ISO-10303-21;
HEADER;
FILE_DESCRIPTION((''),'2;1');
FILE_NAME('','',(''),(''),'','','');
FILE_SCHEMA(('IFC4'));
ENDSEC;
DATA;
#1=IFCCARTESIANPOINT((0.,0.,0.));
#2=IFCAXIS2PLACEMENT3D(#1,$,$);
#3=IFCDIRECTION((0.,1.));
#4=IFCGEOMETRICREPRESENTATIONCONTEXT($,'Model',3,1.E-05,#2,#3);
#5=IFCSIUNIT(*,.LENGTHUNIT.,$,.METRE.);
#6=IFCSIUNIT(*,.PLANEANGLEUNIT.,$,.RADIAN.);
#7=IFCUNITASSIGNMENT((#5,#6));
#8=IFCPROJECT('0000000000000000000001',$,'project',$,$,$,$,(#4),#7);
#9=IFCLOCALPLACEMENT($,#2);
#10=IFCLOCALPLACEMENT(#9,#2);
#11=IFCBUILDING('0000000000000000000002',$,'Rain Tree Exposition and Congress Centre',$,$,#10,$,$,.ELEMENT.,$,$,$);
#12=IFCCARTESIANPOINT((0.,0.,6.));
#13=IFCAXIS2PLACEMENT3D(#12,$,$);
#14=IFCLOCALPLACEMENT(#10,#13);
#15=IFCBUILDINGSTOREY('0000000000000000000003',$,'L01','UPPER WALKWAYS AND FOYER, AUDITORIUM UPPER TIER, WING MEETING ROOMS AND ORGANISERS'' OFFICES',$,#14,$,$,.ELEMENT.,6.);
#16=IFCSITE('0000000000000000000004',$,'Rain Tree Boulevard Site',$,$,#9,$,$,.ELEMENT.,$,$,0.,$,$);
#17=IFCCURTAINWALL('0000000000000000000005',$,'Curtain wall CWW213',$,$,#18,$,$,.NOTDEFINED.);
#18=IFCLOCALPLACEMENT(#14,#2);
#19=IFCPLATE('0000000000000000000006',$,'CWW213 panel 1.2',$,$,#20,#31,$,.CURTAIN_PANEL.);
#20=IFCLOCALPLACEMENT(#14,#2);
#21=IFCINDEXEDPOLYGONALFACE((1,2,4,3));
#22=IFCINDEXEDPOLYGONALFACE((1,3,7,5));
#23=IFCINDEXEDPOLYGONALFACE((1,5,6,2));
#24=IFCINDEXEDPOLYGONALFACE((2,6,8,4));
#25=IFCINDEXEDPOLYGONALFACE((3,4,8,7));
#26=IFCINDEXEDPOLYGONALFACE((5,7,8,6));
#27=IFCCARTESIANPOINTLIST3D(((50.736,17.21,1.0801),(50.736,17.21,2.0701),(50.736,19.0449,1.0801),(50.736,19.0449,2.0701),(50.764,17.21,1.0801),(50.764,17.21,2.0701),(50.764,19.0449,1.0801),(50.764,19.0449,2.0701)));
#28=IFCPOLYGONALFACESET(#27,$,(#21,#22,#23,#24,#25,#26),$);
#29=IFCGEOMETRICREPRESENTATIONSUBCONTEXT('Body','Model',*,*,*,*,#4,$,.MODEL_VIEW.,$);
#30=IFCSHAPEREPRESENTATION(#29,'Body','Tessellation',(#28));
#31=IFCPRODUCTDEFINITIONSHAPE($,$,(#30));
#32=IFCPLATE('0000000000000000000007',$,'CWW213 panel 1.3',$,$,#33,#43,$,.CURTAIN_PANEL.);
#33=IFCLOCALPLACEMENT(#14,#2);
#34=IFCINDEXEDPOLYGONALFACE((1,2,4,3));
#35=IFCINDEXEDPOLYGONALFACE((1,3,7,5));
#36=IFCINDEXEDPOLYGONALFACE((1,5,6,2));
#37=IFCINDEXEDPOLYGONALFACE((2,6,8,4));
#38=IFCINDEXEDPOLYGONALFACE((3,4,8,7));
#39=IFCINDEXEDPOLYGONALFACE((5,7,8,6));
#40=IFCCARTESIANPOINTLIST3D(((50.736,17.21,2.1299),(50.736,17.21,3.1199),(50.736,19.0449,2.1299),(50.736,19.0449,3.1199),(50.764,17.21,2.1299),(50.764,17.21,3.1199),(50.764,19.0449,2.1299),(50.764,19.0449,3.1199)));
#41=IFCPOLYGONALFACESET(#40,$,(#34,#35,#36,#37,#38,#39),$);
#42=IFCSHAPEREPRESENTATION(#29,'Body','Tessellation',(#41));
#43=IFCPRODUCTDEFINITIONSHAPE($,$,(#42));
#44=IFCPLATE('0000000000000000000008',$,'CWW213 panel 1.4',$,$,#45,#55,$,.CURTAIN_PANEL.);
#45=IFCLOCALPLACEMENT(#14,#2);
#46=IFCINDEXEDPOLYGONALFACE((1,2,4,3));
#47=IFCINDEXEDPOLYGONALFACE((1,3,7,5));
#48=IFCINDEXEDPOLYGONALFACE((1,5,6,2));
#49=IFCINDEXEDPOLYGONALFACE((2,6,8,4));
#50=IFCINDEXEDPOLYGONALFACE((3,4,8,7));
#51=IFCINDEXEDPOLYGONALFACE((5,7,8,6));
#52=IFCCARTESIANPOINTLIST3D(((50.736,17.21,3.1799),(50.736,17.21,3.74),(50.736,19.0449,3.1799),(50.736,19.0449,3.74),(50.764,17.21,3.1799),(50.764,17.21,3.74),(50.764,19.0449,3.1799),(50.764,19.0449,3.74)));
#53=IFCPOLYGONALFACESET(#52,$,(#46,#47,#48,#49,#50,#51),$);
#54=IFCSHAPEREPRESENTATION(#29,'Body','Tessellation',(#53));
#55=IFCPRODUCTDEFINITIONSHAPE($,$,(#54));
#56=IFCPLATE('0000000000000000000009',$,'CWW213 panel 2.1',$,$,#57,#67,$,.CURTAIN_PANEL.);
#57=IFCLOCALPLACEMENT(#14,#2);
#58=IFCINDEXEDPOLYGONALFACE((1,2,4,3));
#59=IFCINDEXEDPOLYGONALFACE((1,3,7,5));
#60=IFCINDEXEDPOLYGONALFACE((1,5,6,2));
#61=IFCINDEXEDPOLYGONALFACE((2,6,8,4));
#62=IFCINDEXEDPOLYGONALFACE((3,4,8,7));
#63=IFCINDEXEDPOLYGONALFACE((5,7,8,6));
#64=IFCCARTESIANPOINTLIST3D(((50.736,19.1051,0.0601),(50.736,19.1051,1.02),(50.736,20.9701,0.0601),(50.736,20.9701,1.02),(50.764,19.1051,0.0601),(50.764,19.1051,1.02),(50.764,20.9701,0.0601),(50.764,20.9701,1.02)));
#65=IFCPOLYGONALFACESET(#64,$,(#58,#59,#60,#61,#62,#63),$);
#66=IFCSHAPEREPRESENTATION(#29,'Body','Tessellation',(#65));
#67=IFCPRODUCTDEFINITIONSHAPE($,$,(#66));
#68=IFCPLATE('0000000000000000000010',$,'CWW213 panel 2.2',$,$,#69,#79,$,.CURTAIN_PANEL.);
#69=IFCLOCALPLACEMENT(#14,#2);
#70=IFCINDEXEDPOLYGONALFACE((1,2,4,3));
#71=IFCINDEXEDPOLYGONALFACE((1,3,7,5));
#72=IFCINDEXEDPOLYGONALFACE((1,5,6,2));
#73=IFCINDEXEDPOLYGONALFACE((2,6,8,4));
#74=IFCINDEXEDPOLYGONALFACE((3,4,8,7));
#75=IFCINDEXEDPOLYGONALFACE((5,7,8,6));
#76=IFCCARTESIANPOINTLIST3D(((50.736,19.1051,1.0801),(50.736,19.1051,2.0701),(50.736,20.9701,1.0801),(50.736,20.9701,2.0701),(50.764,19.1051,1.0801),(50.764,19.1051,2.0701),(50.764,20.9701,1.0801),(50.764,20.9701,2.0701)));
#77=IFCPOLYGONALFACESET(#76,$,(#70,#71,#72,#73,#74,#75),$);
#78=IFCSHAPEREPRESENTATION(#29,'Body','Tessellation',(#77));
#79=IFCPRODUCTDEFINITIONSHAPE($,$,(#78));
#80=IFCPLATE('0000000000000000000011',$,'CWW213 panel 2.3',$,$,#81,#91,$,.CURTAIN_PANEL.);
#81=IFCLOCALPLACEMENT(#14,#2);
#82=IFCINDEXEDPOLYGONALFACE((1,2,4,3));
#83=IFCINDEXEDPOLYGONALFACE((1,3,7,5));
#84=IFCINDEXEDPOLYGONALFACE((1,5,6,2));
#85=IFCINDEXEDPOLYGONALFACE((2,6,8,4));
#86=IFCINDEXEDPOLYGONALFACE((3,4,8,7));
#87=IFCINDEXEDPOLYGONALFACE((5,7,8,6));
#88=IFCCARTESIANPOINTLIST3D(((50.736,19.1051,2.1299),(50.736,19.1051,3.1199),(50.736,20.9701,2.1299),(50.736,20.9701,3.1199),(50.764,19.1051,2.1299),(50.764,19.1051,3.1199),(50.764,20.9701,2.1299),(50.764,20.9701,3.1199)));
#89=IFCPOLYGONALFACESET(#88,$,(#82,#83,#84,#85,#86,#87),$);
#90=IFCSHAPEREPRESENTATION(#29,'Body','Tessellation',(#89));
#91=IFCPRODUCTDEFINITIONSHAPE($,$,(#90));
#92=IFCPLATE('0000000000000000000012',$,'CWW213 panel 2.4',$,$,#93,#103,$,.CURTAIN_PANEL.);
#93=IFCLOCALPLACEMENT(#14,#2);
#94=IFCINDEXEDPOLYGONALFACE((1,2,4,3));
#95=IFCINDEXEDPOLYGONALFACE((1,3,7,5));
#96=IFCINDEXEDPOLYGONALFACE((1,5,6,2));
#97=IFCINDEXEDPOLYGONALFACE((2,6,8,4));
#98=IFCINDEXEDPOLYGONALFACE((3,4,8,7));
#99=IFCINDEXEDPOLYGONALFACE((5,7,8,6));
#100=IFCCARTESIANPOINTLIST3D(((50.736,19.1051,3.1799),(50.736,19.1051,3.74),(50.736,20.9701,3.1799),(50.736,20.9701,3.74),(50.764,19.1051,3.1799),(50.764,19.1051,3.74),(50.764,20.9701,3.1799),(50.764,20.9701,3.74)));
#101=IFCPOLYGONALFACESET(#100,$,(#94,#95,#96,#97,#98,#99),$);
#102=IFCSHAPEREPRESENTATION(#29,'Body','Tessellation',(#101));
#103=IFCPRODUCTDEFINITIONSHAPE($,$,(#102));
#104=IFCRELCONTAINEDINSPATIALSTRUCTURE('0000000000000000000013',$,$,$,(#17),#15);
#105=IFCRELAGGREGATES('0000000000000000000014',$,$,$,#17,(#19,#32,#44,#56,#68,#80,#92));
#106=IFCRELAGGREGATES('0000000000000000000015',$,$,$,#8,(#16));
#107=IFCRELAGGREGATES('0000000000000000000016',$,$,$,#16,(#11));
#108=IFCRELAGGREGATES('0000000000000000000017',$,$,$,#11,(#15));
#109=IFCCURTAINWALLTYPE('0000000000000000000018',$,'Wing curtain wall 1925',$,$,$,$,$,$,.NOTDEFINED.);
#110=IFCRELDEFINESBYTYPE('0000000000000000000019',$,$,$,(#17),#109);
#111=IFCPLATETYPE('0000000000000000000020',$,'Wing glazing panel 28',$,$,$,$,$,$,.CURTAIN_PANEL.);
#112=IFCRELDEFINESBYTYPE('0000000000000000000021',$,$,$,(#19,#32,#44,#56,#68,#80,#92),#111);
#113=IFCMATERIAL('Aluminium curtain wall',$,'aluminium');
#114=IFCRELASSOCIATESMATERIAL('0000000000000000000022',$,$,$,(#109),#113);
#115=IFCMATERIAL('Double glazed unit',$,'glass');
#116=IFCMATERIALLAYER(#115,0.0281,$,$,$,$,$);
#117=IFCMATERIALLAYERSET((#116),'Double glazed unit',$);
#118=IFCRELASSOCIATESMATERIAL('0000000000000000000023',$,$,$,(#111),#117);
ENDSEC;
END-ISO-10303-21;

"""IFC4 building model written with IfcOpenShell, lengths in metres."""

from ifc_helpers import new_model, si_unit, direction, frame, origin, origin_2d, place, context, subcontext, project, spatial, rectangle, extrude, material, layer, layer_set, type_object, element, aggregate, save


model = new_model("IFC4")

# Units and contexts
model_context = context("Model", 3, precision=1e-05, world=origin(), true_north=direction((0.0, 1.0)))
body_context = subcontext(model_context, "Body", "Model", "MODEL_VIEW")
ifc_project = project(units=[si_unit("LENGTHUNIT", "METRE"), si_unit("PLANEANGLEUNIT", "RADIAN")], contexts=[model_context])

# Site, building, storey
site_placement = place(None, origin())
site = spatial("IfcSite", under=ifc_project, at=site_placement, Name="Rain Tree Boulevard Site", CompositionType="ELEMENT", RefElevation=0.0)
building_placement = place(site_placement, origin())
building = spatial("IfcBuilding", under=site, at=building_placement, Name="Rain Tree Exposition and Congress Centre", CompositionType="ELEMENT")
storey_placement = place(building_placement, frame((0.0, 0.0, 6.0)))
storey = spatial("IfcBuildingStorey", under=building, at=storey_placement, Name="L01", Description="UPPER WALKWAYS AND FOYER, AUDITORIUM UPPER TIER, WING MEETING ROOMS AND ORGANISERS' OFFICES", CompositionType="ELEMENT", Elevation=6.0)

# Shared definitions
ifc_material_1 = material(Name="Aluminium curtain wall", Category="aluminium")
curtain_wall_type = type_object("IfcCurtainWallType", Name="Wing curtain wall 1925", PredefinedType="NOTDEFINED", material=ifc_material_1)

# Curtain wall
curtain_wall_1_placement = place(storey_placement, origin())
curtain_wall_1 = element("IfcCurtainWall", 1, at=curtain_wall_1_placement, inside=storey, type_object=curtain_wall_type, Name="Curtain wall CWW213", PredefinedType="NOTDEFINED")

# Plates
ifc_material_2 = material(Name="Double glazed unit", Category="glass")
ifc_layer = layer(ifc_material_2, 0.0281)
ifc_layer_set = layer_set([ifc_layer], Name="Double glazed unit")
plate_type = type_object("IfcPlateType", Name="Wing glazing panel 28", PredefinedType="CURTAIN_PANEL", material=ifc_layer_set)
plate_1_placement = place(storey_placement, frame((50.75, 18.1274, 1.0801), z_axis=(0.0, 0.0, 1.0), x_axis=(0.0, 1.0, 0.0)))
plate_1 = element("IfcPlate", 2, at=plate_1_placement, type_object=plate_type, Name="CWW213 panel 1.2", PredefinedType="CURTAIN_PANEL", context=body_context, shape_type="SweptSolid", body=[
    extrude(rectangle(XDim=1.835, YDim=0.0281, at=origin_2d()), origin(), (0.0, 0.0, 1.0), 0.99),
])
plate_2_placement = place(storey_placement, frame((50.75, 18.1274, 2.1299), z_axis=(0.0, 0.0, 1.0), x_axis=(0.0, 1.0, 0.0)))
plate_2 = element("IfcPlate", 3, at=plate_2_placement, type_object=plate_type, Name="CWW213 panel 1.3", PredefinedType="CURTAIN_PANEL", context=body_context, shape_type="SweptSolid", body=[
    extrude(rectangle(XDim=1.835, YDim=0.0281, at=origin_2d()), origin(), (0.0, 0.0, 1.0), 0.99),
])
plate_3_placement = place(storey_placement, frame((50.75, 18.1274, 3.1799), z_axis=(0.0, 0.0, 1.0), x_axis=(0.0, 1.0, 0.0)))
plate_3 = element("IfcPlate", 4, at=plate_3_placement, type_object=plate_type, Name="CWW213 panel 1.4", PredefinedType="CURTAIN_PANEL", context=body_context, shape_type="SweptSolid", body=[
    extrude(rectangle(XDim=1.835, YDim=0.0281, at=origin_2d()), origin(), (0.0, 0.0, 1.0), 0.5601),
])
plate_4_placement = place(storey_placement, frame((50.75, 20.0376, 0.0601), z_axis=(0.0, 0.0, 1.0), x_axis=(0.0, 1.0, 0.0)))
plate_4 = element("IfcPlate", 5, at=plate_4_placement, type_object=plate_type, Name="CWW213 panel 2.1", PredefinedType="CURTAIN_PANEL", context=body_context, shape_type="SweptSolid", body=[
    extrude(rectangle(XDim=1.865, YDim=0.0281, at=origin_2d()), origin(), (0.0, 0.0, 1.0), 0.96),
])
plate_5_placement = place(storey_placement, frame((50.75, 20.0376, 1.0801), z_axis=(0.0, 0.0, 1.0), x_axis=(0.0, 1.0, 0.0)))
plate_5 = element("IfcPlate", 6, at=plate_5_placement, type_object=plate_type, Name="CWW213 panel 2.2", PredefinedType="CURTAIN_PANEL", context=body_context, shape_type="SweptSolid", body=[
    extrude(rectangle(XDim=1.865, YDim=0.0281, at=origin_2d()), origin(), (0.0, 0.0, 1.0), 0.99),
])
plate_6_placement = place(storey_placement, frame((50.75, 20.0376, 2.1299), z_axis=(0.0, 0.0, 1.0), x_axis=(0.0, 1.0, 0.0)))
plate_6 = element("IfcPlate", 7, at=plate_6_placement, type_object=plate_type, Name="CWW213 panel 2.3", PredefinedType="CURTAIN_PANEL", context=body_context, shape_type="SweptSolid", body=[
    extrude(rectangle(XDim=1.865, YDim=0.0281, at=origin_2d()), origin(), (0.0, 0.0, 1.0), 0.99),
])
plate_7_placement = place(storey_placement, frame((50.75, 20.0376, 3.1799), z_axis=(0.0, 0.0, 1.0), x_axis=(0.0, 1.0, 0.0)))
plate_7 = element("IfcPlate", 8, at=plate_7_placement, type_object=plate_type, Name="CWW213 panel 2.4", PredefinedType="CURTAIN_PANEL", context=body_context, shape_type="SweptSolid", body=[
    extrude(rectangle(XDim=1.865, YDim=0.0281, at=origin_2d()), origin(), (0.0, 0.0, 1.0), 0.5601),
])
aggregate(curtain_wall_1, [plate_1, plate_2, plate_3, plate_4, plate_5, plate_6, plate_7])

save(model, "model.ifc")
